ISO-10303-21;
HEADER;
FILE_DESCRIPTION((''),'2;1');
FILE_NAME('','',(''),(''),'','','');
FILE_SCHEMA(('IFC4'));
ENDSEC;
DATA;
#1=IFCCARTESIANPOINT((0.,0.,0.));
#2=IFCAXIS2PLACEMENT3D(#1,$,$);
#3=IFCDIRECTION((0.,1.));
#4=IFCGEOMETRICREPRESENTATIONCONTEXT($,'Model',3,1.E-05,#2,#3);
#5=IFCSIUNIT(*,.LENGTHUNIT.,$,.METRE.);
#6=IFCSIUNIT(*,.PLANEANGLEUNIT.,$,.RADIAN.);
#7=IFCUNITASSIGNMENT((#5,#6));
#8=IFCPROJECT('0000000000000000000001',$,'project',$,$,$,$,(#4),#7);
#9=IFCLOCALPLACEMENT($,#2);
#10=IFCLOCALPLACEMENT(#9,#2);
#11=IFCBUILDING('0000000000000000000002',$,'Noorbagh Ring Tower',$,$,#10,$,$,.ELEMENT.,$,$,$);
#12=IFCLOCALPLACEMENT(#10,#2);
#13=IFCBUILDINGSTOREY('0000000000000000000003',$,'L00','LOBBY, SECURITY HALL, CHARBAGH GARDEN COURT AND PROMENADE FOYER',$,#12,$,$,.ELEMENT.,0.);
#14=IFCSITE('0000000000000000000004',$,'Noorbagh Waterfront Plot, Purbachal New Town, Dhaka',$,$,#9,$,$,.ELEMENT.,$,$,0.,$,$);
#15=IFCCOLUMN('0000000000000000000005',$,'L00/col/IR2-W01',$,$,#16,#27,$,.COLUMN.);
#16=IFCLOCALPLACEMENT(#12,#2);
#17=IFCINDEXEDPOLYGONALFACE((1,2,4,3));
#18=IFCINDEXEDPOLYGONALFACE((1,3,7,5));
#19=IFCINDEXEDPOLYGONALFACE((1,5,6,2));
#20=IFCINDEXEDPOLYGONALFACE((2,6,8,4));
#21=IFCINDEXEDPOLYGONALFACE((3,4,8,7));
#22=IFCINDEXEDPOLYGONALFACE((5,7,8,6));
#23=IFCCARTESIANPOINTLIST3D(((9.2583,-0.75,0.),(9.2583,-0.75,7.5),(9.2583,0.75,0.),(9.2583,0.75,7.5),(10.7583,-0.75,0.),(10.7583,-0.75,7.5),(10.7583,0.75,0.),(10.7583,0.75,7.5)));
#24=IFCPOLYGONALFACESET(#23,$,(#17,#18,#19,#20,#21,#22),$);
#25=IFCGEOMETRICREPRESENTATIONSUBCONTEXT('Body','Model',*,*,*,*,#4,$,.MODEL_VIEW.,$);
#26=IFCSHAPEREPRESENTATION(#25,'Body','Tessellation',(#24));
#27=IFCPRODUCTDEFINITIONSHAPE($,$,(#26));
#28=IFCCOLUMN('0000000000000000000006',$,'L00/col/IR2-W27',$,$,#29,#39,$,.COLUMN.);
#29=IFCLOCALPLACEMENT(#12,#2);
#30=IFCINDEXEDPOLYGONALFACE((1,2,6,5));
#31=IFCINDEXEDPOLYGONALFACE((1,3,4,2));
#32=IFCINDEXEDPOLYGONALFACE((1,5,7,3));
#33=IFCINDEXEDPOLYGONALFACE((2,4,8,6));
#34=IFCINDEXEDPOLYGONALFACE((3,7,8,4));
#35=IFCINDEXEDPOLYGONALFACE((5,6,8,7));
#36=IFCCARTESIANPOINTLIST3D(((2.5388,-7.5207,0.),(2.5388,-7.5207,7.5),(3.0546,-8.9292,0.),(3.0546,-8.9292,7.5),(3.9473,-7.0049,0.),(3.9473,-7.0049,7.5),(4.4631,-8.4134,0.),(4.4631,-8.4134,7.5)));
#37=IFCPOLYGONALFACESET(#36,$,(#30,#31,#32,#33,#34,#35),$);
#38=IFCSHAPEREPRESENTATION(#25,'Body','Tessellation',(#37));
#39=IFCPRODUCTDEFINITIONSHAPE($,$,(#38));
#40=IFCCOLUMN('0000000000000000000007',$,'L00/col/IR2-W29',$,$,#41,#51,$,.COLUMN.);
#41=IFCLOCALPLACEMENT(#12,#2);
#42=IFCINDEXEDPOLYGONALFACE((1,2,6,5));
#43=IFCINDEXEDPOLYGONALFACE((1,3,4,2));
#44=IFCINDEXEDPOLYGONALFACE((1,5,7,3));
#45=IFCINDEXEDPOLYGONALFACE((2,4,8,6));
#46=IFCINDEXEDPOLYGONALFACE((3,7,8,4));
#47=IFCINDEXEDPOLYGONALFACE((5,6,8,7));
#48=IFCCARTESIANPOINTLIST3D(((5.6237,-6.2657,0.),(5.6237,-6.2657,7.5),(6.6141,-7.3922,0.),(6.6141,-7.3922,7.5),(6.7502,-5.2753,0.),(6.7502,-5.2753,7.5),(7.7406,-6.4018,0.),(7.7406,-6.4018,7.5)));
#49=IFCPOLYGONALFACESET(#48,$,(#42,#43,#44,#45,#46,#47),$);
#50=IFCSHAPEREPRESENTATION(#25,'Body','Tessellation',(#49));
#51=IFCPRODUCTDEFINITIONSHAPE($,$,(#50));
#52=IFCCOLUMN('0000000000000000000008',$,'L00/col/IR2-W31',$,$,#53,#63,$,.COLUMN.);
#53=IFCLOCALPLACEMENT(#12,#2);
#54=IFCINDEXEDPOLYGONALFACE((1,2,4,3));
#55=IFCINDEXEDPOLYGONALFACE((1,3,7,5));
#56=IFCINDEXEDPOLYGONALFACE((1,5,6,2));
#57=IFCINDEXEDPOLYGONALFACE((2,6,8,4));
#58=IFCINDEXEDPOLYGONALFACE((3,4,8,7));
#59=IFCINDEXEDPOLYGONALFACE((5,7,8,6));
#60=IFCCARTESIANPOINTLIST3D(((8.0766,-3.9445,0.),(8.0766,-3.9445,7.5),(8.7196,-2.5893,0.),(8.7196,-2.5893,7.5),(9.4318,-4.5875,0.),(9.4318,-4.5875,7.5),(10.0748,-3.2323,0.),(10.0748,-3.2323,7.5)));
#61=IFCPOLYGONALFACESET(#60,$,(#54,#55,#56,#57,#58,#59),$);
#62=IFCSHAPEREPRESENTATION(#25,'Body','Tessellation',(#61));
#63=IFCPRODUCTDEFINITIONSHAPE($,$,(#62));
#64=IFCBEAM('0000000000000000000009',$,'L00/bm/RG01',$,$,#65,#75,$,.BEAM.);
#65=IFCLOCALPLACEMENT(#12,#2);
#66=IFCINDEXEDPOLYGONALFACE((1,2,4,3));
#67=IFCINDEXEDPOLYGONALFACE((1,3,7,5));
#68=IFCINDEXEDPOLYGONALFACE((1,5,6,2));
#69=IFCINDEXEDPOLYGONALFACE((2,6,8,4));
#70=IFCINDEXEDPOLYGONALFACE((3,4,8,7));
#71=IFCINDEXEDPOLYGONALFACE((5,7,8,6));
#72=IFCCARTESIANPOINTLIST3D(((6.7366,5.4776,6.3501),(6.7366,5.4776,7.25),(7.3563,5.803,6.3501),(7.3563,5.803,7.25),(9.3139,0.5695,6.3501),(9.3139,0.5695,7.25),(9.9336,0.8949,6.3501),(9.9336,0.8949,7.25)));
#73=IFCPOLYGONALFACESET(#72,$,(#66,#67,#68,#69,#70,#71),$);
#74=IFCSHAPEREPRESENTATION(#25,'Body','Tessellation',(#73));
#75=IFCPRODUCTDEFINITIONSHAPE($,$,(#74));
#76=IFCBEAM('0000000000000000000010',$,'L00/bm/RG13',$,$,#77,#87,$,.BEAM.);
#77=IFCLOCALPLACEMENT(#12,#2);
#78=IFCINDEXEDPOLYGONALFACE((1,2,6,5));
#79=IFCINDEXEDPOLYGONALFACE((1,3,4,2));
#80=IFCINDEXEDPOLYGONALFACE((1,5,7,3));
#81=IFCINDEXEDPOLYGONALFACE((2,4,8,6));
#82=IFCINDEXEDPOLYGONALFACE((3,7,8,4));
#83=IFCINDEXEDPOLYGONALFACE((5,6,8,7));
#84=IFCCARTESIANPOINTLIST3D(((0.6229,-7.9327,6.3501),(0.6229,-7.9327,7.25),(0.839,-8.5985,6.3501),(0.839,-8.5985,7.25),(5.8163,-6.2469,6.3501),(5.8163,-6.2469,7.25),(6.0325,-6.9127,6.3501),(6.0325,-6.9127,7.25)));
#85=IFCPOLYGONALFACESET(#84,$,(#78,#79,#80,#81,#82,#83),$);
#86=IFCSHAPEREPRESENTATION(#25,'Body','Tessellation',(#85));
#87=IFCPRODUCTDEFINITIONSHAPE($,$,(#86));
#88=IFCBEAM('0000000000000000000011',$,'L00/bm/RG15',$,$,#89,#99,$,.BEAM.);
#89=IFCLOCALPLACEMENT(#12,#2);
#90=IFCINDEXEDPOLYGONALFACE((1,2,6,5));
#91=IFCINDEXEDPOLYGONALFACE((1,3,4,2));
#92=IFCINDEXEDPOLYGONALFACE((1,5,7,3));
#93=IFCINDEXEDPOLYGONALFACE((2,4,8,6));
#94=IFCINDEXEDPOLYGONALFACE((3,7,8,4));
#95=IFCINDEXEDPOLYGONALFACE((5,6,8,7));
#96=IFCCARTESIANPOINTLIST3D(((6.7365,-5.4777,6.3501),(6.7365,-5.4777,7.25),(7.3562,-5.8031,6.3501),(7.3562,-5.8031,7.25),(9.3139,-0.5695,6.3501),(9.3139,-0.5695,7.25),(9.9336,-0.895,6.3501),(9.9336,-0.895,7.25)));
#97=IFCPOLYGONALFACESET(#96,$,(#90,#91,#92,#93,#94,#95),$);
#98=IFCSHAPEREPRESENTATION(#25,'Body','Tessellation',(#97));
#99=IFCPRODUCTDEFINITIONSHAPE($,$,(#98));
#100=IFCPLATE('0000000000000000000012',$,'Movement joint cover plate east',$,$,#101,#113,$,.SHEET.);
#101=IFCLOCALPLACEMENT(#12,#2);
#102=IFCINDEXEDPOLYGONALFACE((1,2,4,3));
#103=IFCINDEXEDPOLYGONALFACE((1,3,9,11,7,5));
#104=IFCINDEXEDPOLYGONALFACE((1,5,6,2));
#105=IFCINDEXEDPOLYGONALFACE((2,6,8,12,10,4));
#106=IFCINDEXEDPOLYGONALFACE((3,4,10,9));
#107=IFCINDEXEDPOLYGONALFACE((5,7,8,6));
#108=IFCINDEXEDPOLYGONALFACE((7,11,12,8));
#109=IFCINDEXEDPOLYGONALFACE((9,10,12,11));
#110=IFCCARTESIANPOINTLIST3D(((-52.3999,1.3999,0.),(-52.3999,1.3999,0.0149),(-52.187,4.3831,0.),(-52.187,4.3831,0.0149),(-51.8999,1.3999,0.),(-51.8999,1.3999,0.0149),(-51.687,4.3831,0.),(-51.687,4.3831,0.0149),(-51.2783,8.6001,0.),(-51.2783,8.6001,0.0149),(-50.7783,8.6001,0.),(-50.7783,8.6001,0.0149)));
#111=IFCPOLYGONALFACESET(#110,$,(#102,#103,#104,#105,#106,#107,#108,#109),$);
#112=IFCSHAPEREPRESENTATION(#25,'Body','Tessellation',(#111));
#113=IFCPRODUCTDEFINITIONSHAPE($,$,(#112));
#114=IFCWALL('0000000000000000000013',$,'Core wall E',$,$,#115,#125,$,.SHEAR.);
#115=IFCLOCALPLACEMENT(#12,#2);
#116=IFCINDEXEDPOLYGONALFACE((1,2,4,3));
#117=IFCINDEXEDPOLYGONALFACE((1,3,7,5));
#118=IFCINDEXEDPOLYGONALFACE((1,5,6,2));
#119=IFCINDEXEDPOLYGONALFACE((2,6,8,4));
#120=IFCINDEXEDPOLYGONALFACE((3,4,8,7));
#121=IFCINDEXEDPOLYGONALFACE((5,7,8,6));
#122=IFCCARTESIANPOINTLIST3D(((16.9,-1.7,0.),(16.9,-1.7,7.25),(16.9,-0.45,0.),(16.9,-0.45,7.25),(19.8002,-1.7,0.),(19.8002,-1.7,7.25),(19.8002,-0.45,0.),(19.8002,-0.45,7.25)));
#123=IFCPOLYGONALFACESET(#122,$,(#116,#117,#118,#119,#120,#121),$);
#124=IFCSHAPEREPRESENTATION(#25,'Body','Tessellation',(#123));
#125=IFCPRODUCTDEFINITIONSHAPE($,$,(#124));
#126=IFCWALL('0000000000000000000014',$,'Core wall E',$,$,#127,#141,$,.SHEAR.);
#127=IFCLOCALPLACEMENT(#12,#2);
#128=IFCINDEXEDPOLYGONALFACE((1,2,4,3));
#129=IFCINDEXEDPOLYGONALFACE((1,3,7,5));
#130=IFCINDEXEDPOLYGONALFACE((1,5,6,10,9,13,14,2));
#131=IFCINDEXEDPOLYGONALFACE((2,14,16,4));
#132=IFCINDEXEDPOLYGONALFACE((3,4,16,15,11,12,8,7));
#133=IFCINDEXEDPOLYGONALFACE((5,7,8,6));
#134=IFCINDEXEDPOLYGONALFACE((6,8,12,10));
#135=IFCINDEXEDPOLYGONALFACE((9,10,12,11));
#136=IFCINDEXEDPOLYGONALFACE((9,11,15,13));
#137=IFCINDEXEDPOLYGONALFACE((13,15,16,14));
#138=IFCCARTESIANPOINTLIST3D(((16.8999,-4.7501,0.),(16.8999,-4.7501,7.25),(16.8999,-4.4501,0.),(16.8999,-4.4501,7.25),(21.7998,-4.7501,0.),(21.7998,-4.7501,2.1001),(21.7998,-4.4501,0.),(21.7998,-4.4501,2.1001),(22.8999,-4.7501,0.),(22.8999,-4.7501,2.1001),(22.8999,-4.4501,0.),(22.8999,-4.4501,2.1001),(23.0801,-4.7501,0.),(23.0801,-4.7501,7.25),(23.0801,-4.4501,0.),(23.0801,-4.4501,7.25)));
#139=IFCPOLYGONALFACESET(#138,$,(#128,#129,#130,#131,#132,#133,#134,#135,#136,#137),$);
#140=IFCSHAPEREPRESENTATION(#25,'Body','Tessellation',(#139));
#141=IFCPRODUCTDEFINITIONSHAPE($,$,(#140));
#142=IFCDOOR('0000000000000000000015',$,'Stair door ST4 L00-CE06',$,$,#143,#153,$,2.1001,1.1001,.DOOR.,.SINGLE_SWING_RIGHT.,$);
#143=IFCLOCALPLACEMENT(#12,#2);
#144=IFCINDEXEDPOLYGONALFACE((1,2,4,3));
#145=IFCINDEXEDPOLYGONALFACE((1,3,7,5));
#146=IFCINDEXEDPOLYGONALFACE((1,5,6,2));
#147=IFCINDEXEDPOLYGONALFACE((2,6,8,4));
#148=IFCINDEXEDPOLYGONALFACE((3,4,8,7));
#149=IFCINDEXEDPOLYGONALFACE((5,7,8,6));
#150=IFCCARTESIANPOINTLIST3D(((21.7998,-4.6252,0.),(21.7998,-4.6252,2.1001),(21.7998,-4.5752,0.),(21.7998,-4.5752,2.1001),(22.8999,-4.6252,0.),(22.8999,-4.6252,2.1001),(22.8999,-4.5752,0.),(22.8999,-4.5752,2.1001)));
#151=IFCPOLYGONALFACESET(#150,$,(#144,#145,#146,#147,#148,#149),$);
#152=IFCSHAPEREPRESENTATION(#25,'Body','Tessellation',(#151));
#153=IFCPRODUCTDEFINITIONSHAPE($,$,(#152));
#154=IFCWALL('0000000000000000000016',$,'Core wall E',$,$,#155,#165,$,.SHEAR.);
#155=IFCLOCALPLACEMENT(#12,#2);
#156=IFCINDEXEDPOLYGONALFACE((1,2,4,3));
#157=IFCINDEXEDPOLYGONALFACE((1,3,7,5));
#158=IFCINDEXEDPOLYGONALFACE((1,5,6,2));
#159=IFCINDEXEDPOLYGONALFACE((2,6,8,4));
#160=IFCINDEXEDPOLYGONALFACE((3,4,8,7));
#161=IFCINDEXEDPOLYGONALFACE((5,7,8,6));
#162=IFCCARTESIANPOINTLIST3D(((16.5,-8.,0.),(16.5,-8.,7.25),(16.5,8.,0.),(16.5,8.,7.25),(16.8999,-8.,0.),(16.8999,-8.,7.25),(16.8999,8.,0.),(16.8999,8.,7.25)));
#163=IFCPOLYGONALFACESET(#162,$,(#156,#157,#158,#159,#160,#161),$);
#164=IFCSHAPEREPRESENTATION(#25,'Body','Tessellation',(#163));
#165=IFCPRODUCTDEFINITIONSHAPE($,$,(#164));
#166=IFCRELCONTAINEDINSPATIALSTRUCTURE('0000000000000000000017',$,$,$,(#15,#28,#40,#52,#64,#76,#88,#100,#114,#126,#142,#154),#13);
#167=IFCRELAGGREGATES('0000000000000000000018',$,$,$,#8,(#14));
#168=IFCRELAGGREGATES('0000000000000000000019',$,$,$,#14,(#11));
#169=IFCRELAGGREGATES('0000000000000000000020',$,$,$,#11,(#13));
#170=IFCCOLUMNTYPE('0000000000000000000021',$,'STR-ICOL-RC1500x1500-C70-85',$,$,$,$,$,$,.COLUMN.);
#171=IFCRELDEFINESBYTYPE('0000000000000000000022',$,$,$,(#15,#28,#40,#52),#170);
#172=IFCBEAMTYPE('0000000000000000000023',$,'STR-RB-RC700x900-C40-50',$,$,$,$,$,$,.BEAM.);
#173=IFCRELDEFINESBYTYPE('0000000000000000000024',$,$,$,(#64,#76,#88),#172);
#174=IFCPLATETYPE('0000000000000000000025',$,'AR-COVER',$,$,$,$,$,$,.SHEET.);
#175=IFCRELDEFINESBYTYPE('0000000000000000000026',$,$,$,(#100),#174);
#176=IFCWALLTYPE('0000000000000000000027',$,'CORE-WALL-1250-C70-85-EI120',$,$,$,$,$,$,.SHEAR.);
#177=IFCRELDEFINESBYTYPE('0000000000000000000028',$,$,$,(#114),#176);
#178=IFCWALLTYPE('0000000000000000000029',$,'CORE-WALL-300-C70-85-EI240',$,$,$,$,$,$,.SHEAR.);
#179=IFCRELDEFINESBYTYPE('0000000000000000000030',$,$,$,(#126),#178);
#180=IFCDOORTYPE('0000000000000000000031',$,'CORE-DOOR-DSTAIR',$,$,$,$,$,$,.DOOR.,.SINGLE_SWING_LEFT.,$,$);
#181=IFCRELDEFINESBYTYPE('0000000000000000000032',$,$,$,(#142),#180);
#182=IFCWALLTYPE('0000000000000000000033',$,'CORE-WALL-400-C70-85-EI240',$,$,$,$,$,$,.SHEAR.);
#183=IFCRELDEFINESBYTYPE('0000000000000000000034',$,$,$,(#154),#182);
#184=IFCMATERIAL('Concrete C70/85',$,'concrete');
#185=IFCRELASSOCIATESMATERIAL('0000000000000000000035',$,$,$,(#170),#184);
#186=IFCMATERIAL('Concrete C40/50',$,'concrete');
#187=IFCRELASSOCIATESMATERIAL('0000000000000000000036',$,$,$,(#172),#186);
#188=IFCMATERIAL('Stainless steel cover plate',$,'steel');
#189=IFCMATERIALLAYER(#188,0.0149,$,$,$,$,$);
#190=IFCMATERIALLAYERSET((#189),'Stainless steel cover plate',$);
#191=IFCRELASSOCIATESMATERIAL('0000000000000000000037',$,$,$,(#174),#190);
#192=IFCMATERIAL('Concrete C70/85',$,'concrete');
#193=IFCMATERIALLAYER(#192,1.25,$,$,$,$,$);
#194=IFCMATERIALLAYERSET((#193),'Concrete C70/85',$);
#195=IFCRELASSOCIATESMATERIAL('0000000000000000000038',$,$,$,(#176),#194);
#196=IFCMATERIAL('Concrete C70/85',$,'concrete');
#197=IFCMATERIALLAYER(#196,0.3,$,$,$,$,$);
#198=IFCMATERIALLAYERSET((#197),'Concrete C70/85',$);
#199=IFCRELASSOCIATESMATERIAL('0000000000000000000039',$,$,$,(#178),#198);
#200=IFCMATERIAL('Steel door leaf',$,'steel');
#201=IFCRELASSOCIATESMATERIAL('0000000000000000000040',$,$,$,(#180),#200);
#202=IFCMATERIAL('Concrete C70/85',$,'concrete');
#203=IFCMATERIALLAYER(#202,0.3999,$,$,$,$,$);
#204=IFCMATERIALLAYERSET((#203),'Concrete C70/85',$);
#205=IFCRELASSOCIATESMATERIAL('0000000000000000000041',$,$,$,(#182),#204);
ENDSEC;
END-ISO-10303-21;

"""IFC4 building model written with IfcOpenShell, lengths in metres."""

from ifc_helpers import new_model, si_unit, direction, frame, frame_2d, origin, origin_2d, place, context, subcontext, project, spatial, polyline, rectangle, outline, extrude, material, layer, layer_set, material_profile, profile_set, type_object, element, fill, save


model = new_model("IFC4")

# Units and contexts
model_context = context("Model", 3, precision=1e-05, world=origin(), true_north=direction((0.0, 1.0)))
body_context = subcontext(model_context, "Body", "Model", "MODEL_VIEW")
ifc_project = project(units=[si_unit("LENGTHUNIT", "METRE"), si_unit("PLANEANGLEUNIT", "RADIAN")], contexts=[model_context])

# Site, building, storey
site_placement = place(None, origin())
site = spatial("IfcSite", under=ifc_project, at=site_placement, Name="Noorbagh Waterfront Plot, Purbachal New Town, Dhaka", CompositionType="ELEMENT", RefElevation=0.0)
building_placement = place(site_placement, origin())
building = spatial("IfcBuilding", under=site, at=building_placement, Name="Noorbagh Ring Tower", CompositionType="ELEMENT")
storey_placement = place(building_placement, origin())
storey = spatial("IfcBuildingStorey", under=building, at=storey_placement, Name="L00", Description="LOBBY, SECURITY HALL, CHARBAGH GARDEN COURT AND PROMENADE FOYER", CompositionType="ELEMENT", Elevation=0.0)

# Columns
ifc_material_1 = material(Name="Concrete C70/85", Category="concrete")
ifc_material_profile_1 = material_profile(ifc_material_1, rectangle(XDim=1.5, YDim=1.5, at=origin_2d()), Name="RC1500x1500")
ifc_profile_set_1 = profile_set([ifc_material_profile_1], Name="Concrete C70/85")
column_type = type_object("IfcColumnType", Name="STR-ICOL-RC1500x1500-C70-85", PredefinedType="COLUMN", material=ifc_profile_set_1)
for number, where, z_axis, x_axis, name in (
    (1, (10.0083, 0.0, 0.0), (0.0, 0.0, 1.0), (0.0, 1.0, 0.0), "L00/col/IR2-W01"),
    (2, (3.501, -7.967, 0.0), (0.0, 0.0, 1.0), (0.93902, 0.343864, 0.0), "L00/col/IR2-W27"),
    (3, (6.6821, -6.3337, 0.0), (0.0, 0.0, 1.0), (0.751022, 0.660277, 0.0), "L00/col/IR2-W29"),
    (4, (9.0757, -3.5884, 0.0), (0.0, 0.0, 1.0), (0.428667, 0.903463, 0.0), "L00/col/IR2-W31"),
):
    element("IfcColumn", number, at=place(storey_placement, frame(where, z_axis=z_axis, x_axis=x_axis)), inside=storey, type_object=column_type, Name=name, PredefinedType="COLUMN", context=body_context, shape_type="SweptSolid", body=[
        extrude(rectangle(XDim=1.5, YDim=1.5, at=origin_2d()), origin(), (0.0, 0.0, 1.0), 7.5),
    ])

# Beams
ifc_material_2 = material(Name="Concrete C40/50", Category="concrete")
ifc_material_profile_2 = material_profile(ifc_material_2, rectangle(XDim=0.7, YDim=0.8999, at=origin_2d()), Name="RC700x900")
ifc_profile_set_2 = profile_set([ifc_material_profile_2], Name="Concrete C40/50")
beam_type = type_object("IfcBeamType", Name="STR-RB-RC700x900-C40-50", PredefinedType="BEAM", material=ifc_profile_set_2)
beam_1_placement = place(storey_placement, frame((9.6238, 0.7322, 6.8), z_axis=(-0.464917, 0.885354, 0.0), x_axis=(-0.885354, -0.464917, 0.0)))
element("IfcBeam", 5, at=beam_1_placement, inside=storey, type_object=beam_type, Name="L00/bm/RG01", PredefinedType="BEAM", context=body_context, shape_type="SweptSolid", body=[
    extrude(rectangle(XDim=0.7, YDim=0.8999, at=origin_2d()), origin(), (0.0, 0.0, 1.0), 5.5437),
])
beam_2_placement = place(storey_placement, frame((0.731, -8.2656, 6.8), z_axis=(0.951144, 0.308746, 0.0), x_axis=(-0.308746, 0.951144, 0.0)))
element("IfcBeam", 6, at=beam_2_placement, inside=storey, type_object=beam_type, Name="L00/bm/RG13", PredefinedType="BEAM", context=body_context, shape_type="SweptSolid", body=[
    extrude(rectangle(XDim=0.7, YDim=0.8999, at=origin_2d()), origin(), (0.0, 0.0, 1.0), 5.4602),
])
beam_3_placement = place(storey_placement, frame((7.0464, -5.6404, 6.8), z_axis=(0.464917, 0.885354, 0.0), x_axis=(-0.885354, 0.464917, 0.0)))
element("IfcBeam", 7, at=beam_3_placement, inside=storey, type_object=beam_type, Name="L00/bm/RG15", PredefinedType="BEAM", context=body_context, shape_type="SweptSolid", body=[
    extrude(rectangle(XDim=0.7, YDim=0.8999, at=origin_2d()), origin(), (0.0, 0.0, 1.0), 5.5437),
])

# Plate
ifc_material_3 = material(Name="Stainless steel cover plate", Category="steel")
ifc_layer_1 = layer(ifc_material_3, 0.0149)
ifc_layer_set_1 = layer_set([ifc_layer_1], Name="Stainless steel cover plate")
plate_type = type_object("IfcPlateType", Name="AR-COVER", PredefinedType="SHEET", material=ifc_layer_set_1)
plate_placement = place(storey_placement, origin())
element("IfcPlate", 8, at=plate_placement, inside=storey, type_object=plate_type, Name="Movement joint cover plate east", PredefinedType="SHEET", context=body_context, shape_type="SweptSolid", body=[
    extrude(outline(polyline([(-52.187, 4.3831), (-51.2783, 8.6001), (-50.7783, 8.6001), (-51.687, 4.3831), (-51.8999, 1.3999), (-52.3999, 1.3999), (-52.187, 4.3831)])), origin(), (0.0, 0.0, 1.0), 0.0149),
])

# Wall
ifc_material_4 = material(Name="Concrete C70/85", Category="concrete")
ifc_layer_2 = layer(ifc_material_4, 1.25)
ifc_layer_set_2 = layer_set([ifc_layer_2], Name="Concrete C70/85")
wall_type_1 = type_object("IfcWallType", Name="CORE-WALL-1250-C70-85-EI120", PredefinedType="SHEAR", material=ifc_layer_set_2)
wall_1_placement = place(storey_placement, frame((16.8999, -1.075, 0.0), z_axis=(0.0, 0.0, 1.0), x_axis=(1.0, 0.0, 0.0)))
element("IfcWall", 9, at=wall_1_placement, inside=storey, type_object=wall_type_1, Name="Core wall E", PredefinedType="SHEAR", context=body_context, shape_type="SweptSolid", body=[
    extrude(rectangle(XDim=2.9001, YDim=1.25, at=frame_2d((1.4502, 0.0))), origin(), (0.0, 0.0, 1.0), 7.25),
])

# Wall, opening, door
ifc_material_5 = material(Name="Concrete C70/85", Category="concrete")
ifc_layer_3 = layer(ifc_material_5, 0.3)
ifc_layer_set_3 = layer_set([ifc_layer_3], Name="Concrete C70/85")
wall_type_2 = type_object("IfcWallType", Name="CORE-WALL-300-C70-85-EI240", PredefinedType="SHEAR", material=ifc_layer_set_3)
wall_2_placement = place(storey_placement, frame((16.8999, -4.6001, 0.0), z_axis=(0.0, 0.0, 1.0), x_axis=(1.0, 0.0, 0.0)))
wall_2 = element("IfcWall", 10, at=wall_2_placement, inside=storey, type_object=wall_type_2, Name="Core wall E", PredefinedType="SHEAR", context=body_context, shape_type="SweptSolid", body=[
    extrude(rectangle(XDim=6.1802, YDim=0.3, at=frame_2d((3.0901, 0.0))), origin(), (0.0, 0.0, 1.0), 7.25),
])
opening_1_placement = place(wall_2_placement, frame((4.8999, 0.0, 0.0)))
opening_1 = element("IfcOpeningElement", 11, at=opening_1_placement, cuts=wall_2, PredefinedType="OPENING", context=body_context, shape_type="SweptSolid", body=[
    extrude(rectangle(XDim=1.1001, YDim=2.1001, at=frame_2d((0.55, 1.05))), frame((0.0, 0.1602, 0.0), z_axis=(0.0, -1.0, 0.0), x_axis=(1.0, 0.0, 0.0)), (0.0, 0.0, 1.0), 0.3201),
])
ifc_material_6 = material(Name="Steel door leaf", Category="steel")
door_type_1 = type_object("IfcDoorType", Name="CORE-DOOR-DSTAIR", OperationType="SINGLE_SWING_LEFT", PredefinedType="DOOR", material=ifc_material_6)
door_1_placement = place(opening_1_placement, origin())
door_1 = element("IfcDoor", 12, at=door_1_placement, inside=storey, type_object=door_type_1, Name="Stair door ST4 L00-CE06", OperationType="SINGLE_SWING_RIGHT", OverallHeight=2.1001, OverallWidth=1.1001, PredefinedType="DOOR", context=body_context, shape_type="SweptSolid", body=[
    extrude(rectangle(XDim=1.1001, YDim=2.1001, at=frame_2d((0.55, 1.05))), frame((0.0, 0.0249, 0.0), z_axis=(0.0, -1.0, 0.0), x_axis=(1.0, 0.0, 0.0)), (0.0, 0.0, 1.0), 0.05),
])
fill(opening_1, door_1)

# Wall
ifc_material_7 = material(Name="Concrete C70/85", Category="concrete")
ifc_layer_4 = layer(ifc_material_7, 0.3999)
ifc_layer_set_4 = layer_set([ifc_layer_4], Name="Concrete C70/85")
wall_type_3 = type_object("IfcWallType", Name="CORE-WALL-400-C70-85-EI240", PredefinedType="SHEAR", material=ifc_layer_set_4)
wall_3_placement = place(storey_placement, frame((16.7, -8.0, 0.0), z_axis=(0.0, 0.0, 1.0), x_axis=(0.0, 1.0, 0.0)))
element("IfcWall", 13, at=wall_3_placement, inside=storey, type_object=wall_type_3, Name="Core wall E", PredefinedType="SHEAR", context=body_context, shape_type="SweptSolid", body=[
    extrude(rectangle(XDim=16.0, YDim=0.3999, at=frame_2d((8.0, 0.0))), origin(), (0.0, 0.0, 1.0), 7.25),
])

save(model, "model.ifc")
